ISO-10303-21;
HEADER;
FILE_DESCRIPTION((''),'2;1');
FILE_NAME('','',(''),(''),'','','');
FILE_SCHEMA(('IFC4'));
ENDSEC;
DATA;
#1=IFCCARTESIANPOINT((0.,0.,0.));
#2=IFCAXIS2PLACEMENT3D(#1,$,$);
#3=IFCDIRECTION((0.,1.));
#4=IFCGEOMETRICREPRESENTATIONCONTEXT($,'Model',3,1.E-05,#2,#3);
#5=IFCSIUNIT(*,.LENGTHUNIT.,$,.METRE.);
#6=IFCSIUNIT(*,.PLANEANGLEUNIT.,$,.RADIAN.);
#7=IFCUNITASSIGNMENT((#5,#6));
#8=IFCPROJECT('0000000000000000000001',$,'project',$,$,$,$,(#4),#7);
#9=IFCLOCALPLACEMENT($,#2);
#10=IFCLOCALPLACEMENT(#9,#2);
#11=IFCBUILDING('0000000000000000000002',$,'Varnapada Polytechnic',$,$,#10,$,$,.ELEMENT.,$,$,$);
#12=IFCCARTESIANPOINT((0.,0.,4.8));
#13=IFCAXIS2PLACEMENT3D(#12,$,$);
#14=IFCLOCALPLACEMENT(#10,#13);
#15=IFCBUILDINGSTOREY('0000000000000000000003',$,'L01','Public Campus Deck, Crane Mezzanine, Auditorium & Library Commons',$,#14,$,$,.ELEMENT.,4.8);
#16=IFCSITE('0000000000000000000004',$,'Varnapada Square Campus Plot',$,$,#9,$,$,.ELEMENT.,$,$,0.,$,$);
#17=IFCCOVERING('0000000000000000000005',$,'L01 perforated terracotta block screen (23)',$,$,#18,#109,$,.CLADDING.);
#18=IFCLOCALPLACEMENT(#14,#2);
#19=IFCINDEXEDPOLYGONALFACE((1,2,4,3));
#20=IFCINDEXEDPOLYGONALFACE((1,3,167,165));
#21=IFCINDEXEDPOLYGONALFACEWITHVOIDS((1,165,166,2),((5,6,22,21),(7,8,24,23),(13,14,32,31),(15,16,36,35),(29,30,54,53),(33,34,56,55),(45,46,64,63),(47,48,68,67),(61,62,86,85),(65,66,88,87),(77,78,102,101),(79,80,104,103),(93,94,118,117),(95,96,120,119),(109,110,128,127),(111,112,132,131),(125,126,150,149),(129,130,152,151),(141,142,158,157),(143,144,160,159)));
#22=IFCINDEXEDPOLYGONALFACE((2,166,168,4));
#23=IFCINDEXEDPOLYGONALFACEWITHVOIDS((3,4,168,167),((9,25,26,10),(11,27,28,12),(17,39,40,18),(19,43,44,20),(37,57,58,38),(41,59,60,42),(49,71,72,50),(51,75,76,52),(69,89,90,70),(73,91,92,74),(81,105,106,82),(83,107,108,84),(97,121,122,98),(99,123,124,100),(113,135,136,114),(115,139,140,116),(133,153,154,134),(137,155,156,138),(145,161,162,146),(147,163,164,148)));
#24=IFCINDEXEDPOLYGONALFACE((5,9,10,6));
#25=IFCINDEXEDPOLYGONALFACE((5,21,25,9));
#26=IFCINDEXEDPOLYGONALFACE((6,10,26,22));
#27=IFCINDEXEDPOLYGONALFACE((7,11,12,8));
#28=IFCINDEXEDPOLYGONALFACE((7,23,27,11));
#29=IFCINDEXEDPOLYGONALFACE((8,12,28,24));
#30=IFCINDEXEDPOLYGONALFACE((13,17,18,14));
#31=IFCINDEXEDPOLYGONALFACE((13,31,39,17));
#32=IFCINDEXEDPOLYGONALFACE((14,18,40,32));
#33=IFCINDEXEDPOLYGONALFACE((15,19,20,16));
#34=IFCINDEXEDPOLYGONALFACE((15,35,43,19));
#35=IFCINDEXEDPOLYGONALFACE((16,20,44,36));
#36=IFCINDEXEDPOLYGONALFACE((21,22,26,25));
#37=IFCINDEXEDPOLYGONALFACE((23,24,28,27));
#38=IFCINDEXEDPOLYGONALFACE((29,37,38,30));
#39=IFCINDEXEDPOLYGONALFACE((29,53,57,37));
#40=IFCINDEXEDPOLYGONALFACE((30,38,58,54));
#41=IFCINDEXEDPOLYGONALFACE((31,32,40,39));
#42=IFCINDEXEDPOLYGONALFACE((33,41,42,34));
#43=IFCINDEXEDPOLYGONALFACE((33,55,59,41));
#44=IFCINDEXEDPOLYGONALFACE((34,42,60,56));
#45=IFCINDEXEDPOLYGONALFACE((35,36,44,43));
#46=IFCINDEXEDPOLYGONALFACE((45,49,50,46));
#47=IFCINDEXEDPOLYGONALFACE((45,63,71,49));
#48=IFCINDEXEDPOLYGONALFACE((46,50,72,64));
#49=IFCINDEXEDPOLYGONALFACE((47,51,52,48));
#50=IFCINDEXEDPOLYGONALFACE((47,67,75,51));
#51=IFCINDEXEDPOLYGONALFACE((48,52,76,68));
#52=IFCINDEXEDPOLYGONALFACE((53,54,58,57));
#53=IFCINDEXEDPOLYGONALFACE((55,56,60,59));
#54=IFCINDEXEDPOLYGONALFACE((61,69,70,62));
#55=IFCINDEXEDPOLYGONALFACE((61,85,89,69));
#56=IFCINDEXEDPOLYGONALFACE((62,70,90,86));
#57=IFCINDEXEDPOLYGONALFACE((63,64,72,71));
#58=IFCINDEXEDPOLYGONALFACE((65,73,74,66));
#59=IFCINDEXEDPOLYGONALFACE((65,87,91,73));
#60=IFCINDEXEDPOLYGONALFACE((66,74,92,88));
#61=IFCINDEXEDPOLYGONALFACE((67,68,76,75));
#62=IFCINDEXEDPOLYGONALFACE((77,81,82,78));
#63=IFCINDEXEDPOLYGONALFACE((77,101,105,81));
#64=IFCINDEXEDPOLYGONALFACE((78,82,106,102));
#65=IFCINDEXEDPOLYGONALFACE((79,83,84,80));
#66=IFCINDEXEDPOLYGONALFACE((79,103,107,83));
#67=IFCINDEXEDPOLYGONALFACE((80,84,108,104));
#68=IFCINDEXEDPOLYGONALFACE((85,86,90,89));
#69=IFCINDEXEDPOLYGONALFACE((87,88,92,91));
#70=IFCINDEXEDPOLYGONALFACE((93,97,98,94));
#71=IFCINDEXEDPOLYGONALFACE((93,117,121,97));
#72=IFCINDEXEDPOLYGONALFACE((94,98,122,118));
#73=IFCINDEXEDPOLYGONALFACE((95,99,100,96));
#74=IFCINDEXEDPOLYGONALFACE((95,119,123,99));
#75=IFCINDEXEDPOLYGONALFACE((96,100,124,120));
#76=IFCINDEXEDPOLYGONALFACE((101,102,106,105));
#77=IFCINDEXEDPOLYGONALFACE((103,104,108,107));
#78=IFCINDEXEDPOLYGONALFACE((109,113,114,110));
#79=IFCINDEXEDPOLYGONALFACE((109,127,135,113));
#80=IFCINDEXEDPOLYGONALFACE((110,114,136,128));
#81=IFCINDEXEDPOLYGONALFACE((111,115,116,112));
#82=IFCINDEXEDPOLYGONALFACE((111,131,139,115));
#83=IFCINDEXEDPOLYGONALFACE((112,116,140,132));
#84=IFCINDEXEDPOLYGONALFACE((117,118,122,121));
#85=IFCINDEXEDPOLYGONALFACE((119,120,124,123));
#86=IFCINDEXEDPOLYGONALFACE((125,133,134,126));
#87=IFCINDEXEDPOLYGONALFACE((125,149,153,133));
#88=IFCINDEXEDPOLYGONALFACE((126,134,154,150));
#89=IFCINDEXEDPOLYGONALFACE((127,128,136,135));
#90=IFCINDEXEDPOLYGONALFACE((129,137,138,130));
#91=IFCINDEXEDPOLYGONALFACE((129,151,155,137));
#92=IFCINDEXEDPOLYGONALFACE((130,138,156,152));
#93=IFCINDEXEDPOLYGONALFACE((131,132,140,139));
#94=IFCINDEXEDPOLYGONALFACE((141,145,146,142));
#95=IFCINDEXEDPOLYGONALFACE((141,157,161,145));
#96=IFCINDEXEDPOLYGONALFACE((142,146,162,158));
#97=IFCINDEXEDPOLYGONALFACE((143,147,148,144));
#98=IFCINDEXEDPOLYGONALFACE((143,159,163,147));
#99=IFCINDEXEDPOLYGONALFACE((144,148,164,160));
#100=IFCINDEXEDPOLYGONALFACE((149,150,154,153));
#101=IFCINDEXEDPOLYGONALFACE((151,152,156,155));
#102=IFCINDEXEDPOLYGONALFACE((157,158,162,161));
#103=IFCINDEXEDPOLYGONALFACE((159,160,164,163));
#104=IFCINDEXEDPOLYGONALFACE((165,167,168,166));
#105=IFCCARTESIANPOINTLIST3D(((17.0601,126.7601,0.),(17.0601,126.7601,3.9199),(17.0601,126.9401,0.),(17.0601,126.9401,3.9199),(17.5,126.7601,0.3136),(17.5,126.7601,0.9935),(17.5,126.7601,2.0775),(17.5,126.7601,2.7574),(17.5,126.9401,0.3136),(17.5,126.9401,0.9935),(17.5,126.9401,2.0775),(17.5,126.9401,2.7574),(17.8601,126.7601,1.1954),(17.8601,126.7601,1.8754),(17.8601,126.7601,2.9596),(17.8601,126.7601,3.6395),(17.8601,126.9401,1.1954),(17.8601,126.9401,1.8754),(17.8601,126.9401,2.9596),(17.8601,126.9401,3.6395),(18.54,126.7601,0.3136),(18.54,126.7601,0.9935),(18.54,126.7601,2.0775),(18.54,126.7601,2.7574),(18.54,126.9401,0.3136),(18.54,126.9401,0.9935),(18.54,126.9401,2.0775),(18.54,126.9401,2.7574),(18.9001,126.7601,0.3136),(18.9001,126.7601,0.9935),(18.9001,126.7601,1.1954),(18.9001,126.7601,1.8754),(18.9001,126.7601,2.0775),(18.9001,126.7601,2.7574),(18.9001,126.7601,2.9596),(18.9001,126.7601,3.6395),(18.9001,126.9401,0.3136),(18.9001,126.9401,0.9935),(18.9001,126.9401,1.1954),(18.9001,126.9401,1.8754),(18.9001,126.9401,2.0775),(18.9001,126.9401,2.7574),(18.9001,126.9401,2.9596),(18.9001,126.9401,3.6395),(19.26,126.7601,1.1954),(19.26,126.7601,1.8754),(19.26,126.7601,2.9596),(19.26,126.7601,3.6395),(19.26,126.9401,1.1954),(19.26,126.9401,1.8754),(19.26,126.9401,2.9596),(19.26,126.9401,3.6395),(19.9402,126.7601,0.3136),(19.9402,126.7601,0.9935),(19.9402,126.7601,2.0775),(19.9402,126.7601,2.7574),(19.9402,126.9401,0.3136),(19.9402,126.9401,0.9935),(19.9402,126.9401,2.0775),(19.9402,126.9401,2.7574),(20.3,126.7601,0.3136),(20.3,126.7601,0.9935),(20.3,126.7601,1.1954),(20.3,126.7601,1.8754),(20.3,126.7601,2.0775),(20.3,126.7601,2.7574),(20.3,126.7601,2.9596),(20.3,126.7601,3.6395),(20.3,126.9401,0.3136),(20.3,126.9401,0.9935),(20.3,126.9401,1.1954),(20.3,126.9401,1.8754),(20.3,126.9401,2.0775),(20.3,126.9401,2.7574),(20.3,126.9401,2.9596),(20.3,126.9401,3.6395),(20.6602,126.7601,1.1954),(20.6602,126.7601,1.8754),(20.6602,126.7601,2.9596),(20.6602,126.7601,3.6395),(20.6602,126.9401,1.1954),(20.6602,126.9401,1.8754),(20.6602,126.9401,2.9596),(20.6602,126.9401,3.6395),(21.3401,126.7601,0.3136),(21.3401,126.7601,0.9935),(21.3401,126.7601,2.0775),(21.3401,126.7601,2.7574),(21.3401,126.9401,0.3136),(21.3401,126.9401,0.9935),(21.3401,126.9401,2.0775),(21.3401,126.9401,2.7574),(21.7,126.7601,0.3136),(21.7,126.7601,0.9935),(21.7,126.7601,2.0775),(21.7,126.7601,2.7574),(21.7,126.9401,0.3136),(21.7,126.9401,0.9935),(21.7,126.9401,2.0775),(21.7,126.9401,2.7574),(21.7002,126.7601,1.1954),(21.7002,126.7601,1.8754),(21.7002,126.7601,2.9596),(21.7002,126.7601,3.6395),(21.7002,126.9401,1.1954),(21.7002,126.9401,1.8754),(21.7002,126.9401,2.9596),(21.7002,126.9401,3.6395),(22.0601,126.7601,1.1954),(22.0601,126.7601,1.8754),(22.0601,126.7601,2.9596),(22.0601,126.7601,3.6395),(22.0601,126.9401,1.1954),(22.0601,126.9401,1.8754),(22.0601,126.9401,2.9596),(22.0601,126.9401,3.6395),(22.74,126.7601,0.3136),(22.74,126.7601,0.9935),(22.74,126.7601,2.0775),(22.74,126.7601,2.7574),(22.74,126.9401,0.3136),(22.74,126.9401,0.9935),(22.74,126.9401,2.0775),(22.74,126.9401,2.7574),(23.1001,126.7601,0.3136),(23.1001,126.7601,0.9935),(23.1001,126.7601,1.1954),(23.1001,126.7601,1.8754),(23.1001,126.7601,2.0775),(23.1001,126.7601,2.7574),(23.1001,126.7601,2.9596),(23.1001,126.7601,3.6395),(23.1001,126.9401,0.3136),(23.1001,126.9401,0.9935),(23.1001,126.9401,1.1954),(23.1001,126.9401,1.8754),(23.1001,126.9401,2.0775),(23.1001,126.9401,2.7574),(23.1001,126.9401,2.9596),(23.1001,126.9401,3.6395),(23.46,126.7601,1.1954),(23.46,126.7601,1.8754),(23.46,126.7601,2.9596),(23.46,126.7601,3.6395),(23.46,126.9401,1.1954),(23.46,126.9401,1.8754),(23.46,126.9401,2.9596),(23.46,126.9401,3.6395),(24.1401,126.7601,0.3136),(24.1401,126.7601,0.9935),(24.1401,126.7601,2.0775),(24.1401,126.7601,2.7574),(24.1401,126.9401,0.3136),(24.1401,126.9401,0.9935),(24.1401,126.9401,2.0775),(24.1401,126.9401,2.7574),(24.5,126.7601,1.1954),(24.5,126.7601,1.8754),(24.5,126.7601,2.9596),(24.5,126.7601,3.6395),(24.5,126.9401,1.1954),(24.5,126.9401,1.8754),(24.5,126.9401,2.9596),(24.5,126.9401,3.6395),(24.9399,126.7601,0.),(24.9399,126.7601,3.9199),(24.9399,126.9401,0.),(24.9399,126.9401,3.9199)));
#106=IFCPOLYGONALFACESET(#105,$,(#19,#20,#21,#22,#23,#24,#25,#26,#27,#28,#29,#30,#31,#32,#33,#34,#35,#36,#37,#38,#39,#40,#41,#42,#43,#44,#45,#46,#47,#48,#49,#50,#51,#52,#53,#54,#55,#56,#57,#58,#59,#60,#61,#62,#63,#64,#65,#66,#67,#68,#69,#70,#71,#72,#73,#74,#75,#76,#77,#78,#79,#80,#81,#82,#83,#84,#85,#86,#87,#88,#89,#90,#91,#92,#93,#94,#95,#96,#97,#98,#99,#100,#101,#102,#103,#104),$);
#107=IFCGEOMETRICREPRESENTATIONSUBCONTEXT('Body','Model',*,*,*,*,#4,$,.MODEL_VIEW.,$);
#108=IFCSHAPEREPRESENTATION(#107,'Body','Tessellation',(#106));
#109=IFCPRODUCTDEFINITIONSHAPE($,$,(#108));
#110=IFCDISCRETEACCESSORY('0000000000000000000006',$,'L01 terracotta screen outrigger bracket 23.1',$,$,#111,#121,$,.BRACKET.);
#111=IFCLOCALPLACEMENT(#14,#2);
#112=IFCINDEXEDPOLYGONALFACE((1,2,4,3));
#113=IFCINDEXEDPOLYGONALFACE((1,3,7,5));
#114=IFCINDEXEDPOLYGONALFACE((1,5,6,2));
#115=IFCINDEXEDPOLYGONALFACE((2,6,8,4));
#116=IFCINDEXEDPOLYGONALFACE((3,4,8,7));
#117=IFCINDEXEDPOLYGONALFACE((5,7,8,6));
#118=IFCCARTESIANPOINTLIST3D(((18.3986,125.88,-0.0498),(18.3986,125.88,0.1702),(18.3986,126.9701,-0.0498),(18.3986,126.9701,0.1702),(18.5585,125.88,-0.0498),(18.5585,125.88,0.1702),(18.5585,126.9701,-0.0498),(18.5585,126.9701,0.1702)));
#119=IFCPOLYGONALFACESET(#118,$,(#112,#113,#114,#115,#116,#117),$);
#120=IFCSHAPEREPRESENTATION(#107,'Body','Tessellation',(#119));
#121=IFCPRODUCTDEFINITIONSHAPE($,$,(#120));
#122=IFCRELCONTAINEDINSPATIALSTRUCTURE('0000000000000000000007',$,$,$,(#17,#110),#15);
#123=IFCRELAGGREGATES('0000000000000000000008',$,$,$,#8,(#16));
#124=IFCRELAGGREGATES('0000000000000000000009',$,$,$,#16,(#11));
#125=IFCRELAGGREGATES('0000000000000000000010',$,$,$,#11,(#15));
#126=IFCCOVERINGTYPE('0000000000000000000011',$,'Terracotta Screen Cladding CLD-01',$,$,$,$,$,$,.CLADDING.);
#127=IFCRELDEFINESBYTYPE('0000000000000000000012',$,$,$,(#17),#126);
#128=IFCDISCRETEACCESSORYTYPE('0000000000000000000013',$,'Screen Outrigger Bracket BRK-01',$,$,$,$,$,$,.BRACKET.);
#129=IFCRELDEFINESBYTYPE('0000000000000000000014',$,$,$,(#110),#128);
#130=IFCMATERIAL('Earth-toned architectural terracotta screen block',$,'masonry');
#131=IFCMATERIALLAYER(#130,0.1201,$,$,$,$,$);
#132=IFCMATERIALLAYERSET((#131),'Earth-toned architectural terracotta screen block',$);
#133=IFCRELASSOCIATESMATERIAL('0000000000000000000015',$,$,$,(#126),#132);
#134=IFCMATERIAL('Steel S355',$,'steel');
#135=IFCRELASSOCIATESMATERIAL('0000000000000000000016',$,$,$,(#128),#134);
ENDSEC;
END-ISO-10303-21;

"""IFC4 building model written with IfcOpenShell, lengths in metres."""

from ifc_helpers import new_model, si_unit, direction, frame, frame_2d, origin, origin_2d, place, context, subcontext, project, spatial, rectangle, extrude, material, layer, layer_set, type_object, element, save


model = new_model("IFC4")

# Units and contexts
model_context = context("Model", 3, precision=1e-05, world=origin(), true_north=direction((0.0, 1.0)))
body_context = subcontext(model_context, "Body", "Model", "MODEL_VIEW")
ifc_project = project(units=[si_unit("LENGTHUNIT", "METRE"), si_unit("PLANEANGLEUNIT", "RADIAN")], contexts=[model_context])

# Site, building, storey
site_placement = place(None, origin())
site = spatial("IfcSite", under=ifc_project, at=site_placement, Name="Varnapada Square Campus Plot", CompositionType="ELEMENT", RefElevation=0.0)
building_placement = place(site_placement, origin())
building = spatial("IfcBuilding", under=site, at=building_placement, Name="Varnapada Polytechnic", CompositionType="ELEMENT")
storey_placement = place(building_placement, frame((0.0, 0.0, 4.8)))
storey = spatial("IfcBuildingStorey", under=building, at=storey_placement, Name="L01", Description="Public Campus Deck, Crane Mezzanine, Auditorium & Library Commons", CompositionType="ELEMENT", Elevation=4.8)

# Covering, openings
ifc_material_1 = material(Name="Earth-toned architectural terracotta screen block", Category="masonry")
ifc_layer = layer(ifc_material_1, 0.1201)
ifc_layer_set = layer_set([ifc_layer], Name="Earth-toned architectural terracotta screen block")
covering_type = type_object("IfcCoveringType", Name="Terracotta Screen Cladding CLD-01", PredefinedType="CLADDING", material=ifc_layer_set)
covering_placement = place(storey_placement, frame((17.0601, 126.8501, 0.0), z_axis=(0.0, 0.0, 1.0), x_axis=(1.0, 0.0, 0.0)))
covering = element("IfcCovering", 1, at=covering_placement, inside=storey, type_object=covering_type, Name="L01 perforated terracotta block screen (23)", PredefinedType="CLADDING", context=body_context, shape_type="SweptSolid", body=[
    extrude(rectangle(XDim=7.8799, YDim=0.1799, at=frame_2d((3.9399, 0.0))), origin(), (0.0, 0.0, 1.0), 3.9199),
])
opening_1_placement = place(covering_placement, frame((0.4399, 0.0, 0.3137)))
element("IfcOpeningElement", 2, at=opening_1_placement, cuts=covering, PredefinedType="OPENING", context=body_context, shape_type="SweptSolid", body=[
    extrude(rectangle(XDim=1.04, YDim=0.6799, at=frame_2d((0.52, 0.3398))), frame((0.0, 0.0999, 0.0), z_axis=(0.0, -1.0, 0.0), x_axis=(1.0, 0.0, 0.0)), (0.0, 0.0, 1.0), 0.2),
])
opening_2_placement = place(covering_placement, frame((1.8401, 0.0, 0.3137)))
element("IfcOpeningElement", 3, at=opening_2_placement, cuts=covering, PredefinedType="OPENING", context=body_context, shape_type="SweptSolid", body=[
    extrude(rectangle(XDim=1.04, YDim=0.6799, at=frame_2d((0.52, 0.3398))), frame((0.0, 0.0999, 0.0), z_axis=(0.0, -1.0, 0.0), x_axis=(1.0, 0.0, 0.0)), (0.0, 0.0, 1.0), 0.2),
])
opening_3_placement = place(covering_placement, frame((3.24, 0.0, 0.3137)))
element("IfcOpeningElement", 4, at=opening_3_placement, cuts=covering, PredefinedType="OPENING", context=body_context, shape_type="SweptSolid", body=[
    extrude(rectangle(XDim=1.04, YDim=0.6799, at=frame_2d((0.52, 0.3398))), frame((0.0, 0.0999, 0.0), z_axis=(0.0, -1.0, 0.0), x_axis=(1.0, 0.0, 0.0)), (0.0, 0.0, 1.0), 0.2),
])
opening_4_placement = place(covering_placement, frame((4.6399, 0.0, 0.3137)))
element("IfcOpeningElement", 5, at=opening_4_placement, cuts=covering, PredefinedType="OPENING", context=body_context, shape_type="SweptSolid", body=[
    extrude(rectangle(XDim=1.04, YDim=0.6799, at=frame_2d((0.52, 0.3398))), frame((0.0, 0.0999, 0.0), z_axis=(0.0, -1.0, 0.0), x_axis=(1.0, 0.0, 0.0)), (0.0, 0.0, 1.0), 0.2),
])
opening_5_placement = place(covering_placement, frame((6.04, 0.0, 0.3137)))
element("IfcOpeningElement", 6, at=opening_5_placement, cuts=covering, PredefinedType="OPENING", context=body_context, shape_type="SweptSolid", body=[
    extrude(rectangle(XDim=1.04, YDim=0.6799, at=frame_2d((0.52, 0.3398))), frame((0.0, 0.0999, 0.0), z_axis=(0.0, -1.0, 0.0), x_axis=(1.0, 0.0, 0.0)), (0.0, 0.0, 1.0), 0.2),
])
opening_6_placement = place(covering_placement, frame((0.8, 0.0, 1.1956)))
element("IfcOpeningElement", 7, at=opening_6_placement, cuts=covering, PredefinedType="OPENING", context=body_context, shape_type="SweptSolid", body=[
    extrude(rectangle(XDim=1.04, YDim=0.6799, at=frame_2d((0.52, 0.3398))), frame((0.0, 0.0999, 0.0), z_axis=(0.0, -1.0, 0.0), x_axis=(1.0, 0.0, 0.0)), (0.0, 0.0, 1.0), 0.2),
])
opening_7_placement = place(covering_placement, frame((2.2, 0.0, 1.1956)))
element("IfcOpeningElement", 8, at=opening_7_placement, cuts=covering, PredefinedType="OPENING", context=body_context, shape_type="SweptSolid", body=[
    extrude(rectangle(XDim=1.04, YDim=0.6799, at=frame_2d((0.52, 0.3398))), frame((0.0, 0.0999, 0.0), z_axis=(0.0, -1.0, 0.0), x_axis=(1.0, 0.0, 0.0)), (0.0, 0.0, 1.0), 0.2),
])
opening_8_placement = place(covering_placement, frame((3.6001, 0.0, 1.1956)))
element("IfcOpeningElement", 9, at=opening_8_placement, cuts=covering, PredefinedType="OPENING", context=body_context, shape_type="SweptSolid", body=[
    extrude(rectangle(XDim=1.04, YDim=0.6799, at=frame_2d((0.52, 0.3398))), frame((0.0, 0.0999, 0.0), z_axis=(0.0, -1.0, 0.0), x_axis=(1.0, 0.0, 0.0)), (0.0, 0.0, 1.0), 0.2),
])
opening_9_placement = place(covering_placement, frame((5.0, 0.0, 1.1956)))
element("IfcOpeningElement", 10, at=opening_9_placement, cuts=covering, PredefinedType="OPENING", context=body_context, shape_type="SweptSolid", body=[
    extrude(rectangle(XDim=1.04, YDim=0.6799, at=frame_2d((0.52, 0.3398))), frame((0.0, 0.0999, 0.0), z_axis=(0.0, -1.0, 0.0), x_axis=(1.0, 0.0, 0.0)), (0.0, 0.0, 1.0), 0.2),
])
opening_10_placement = place(covering_placement, frame((6.3999, 0.0, 1.1956)))
element("IfcOpeningElement", 11, at=opening_10_placement, cuts=covering, PredefinedType="OPENING", context=body_context, shape_type="SweptSolid", body=[
    extrude(rectangle(XDim=1.04, YDim=0.6799, at=frame_2d((0.52, 0.3398))), frame((0.0, 0.0999, 0.0), z_axis=(0.0, -1.0, 0.0), x_axis=(1.0, 0.0, 0.0)), (0.0, 0.0, 1.0), 0.2),
])
opening_11_placement = place(covering_placement, frame((0.4399, 0.0, 2.0776)))
element("IfcOpeningElement", 12, at=opening_11_placement, cuts=covering, PredefinedType="OPENING", context=body_context, shape_type="SweptSolid", body=[
    extrude(rectangle(XDim=1.04, YDim=0.6799, at=frame_2d((0.52, 0.3398))), frame((0.0, 0.0999, 0.0), z_axis=(0.0, -1.0, 0.0), x_axis=(1.0, 0.0, 0.0)), (0.0, 0.0, 1.0), 0.2),
])
opening_12_placement = place(covering_placement, frame((1.8401, 0.0, 2.0776)))
element("IfcOpeningElement", 13, at=opening_12_placement, cuts=covering, PredefinedType="OPENING", context=body_context, shape_type="SweptSolid", body=[
    extrude(rectangle(XDim=1.04, YDim=0.6799, at=frame_2d((0.52, 0.3398))), frame((0.0, 0.0999, 0.0), z_axis=(0.0, -1.0, 0.0), x_axis=(1.0, 0.0, 0.0)), (0.0, 0.0, 1.0), 0.2),
])
opening_13_placement = place(covering_placement, frame((3.24, 0.0, 2.0776)))
element("IfcOpeningElement", 14, at=opening_13_placement, cuts=covering, PredefinedType="OPENING", context=body_context, shape_type="SweptSolid", body=[
    extrude(rectangle(XDim=1.04, YDim=0.6799, at=frame_2d((0.52, 0.3398))), frame((0.0, 0.0999, 0.0), z_axis=(0.0, -1.0, 0.0), x_axis=(1.0, 0.0, 0.0)), (0.0, 0.0, 1.0), 0.2),
])
opening_14_placement = place(covering_placement, frame((4.6399, 0.0, 2.0776)))
element("IfcOpeningElement", 15, at=opening_14_placement, cuts=covering, PredefinedType="OPENING", context=body_context, shape_type="SweptSolid", body=[
    extrude(rectangle(XDim=1.04, YDim=0.6799, at=frame_2d((0.52, 0.3398))), frame((0.0, 0.0999, 0.0), z_axis=(0.0, -1.0, 0.0), x_axis=(1.0, 0.0, 0.0)), (0.0, 0.0, 1.0), 0.2),
])
opening_15_placement = place(covering_placement, frame((6.04, 0.0, 2.0776)))
element("IfcOpeningElement", 16, at=opening_15_placement, cuts=covering, PredefinedType="OPENING", context=body_context, shape_type="SweptSolid", body=[
    extrude(rectangle(XDim=1.04, YDim=0.6799, at=frame_2d((0.52, 0.3398))), frame((0.0, 0.0999, 0.0), z_axis=(0.0, -1.0, 0.0), x_axis=(1.0, 0.0, 0.0)), (0.0, 0.0, 1.0), 0.2),
])
opening_16_placement = place(covering_placement, frame((0.8, 0.0, 2.9597)))
element("IfcOpeningElement", 17, at=opening_16_placement, cuts=covering, PredefinedType="OPENING", context=body_context, shape_type="SweptSolid", body=[
    extrude(rectangle(XDim=1.04, YDim=0.6799, at=frame_2d((0.52, 0.3398))), frame((0.0, 0.0999, 0.0), z_axis=(0.0, -1.0, 0.0), x_axis=(1.0, 0.0, 0.0)), (0.0, 0.0, 1.0), 0.2),
])
opening_17_placement = place(covering_placement, frame((2.2, 0.0, 2.9597)))
element("IfcOpeningElement", 18, at=opening_17_placement, cuts=covering, PredefinedType="OPENING", context=body_context, shape_type="SweptSolid", body=[
    extrude(rectangle(XDim=1.04, YDim=0.6799, at=frame_2d((0.52, 0.3398))), frame((0.0, 0.0999, 0.0), z_axis=(0.0, -1.0, 0.0), x_axis=(1.0, 0.0, 0.0)), (0.0, 0.0, 1.0), 0.2),
])
opening_18_placement = place(covering_placement, frame((3.6001, 0.0, 2.9597)))
element("IfcOpeningElement", 19, at=opening_18_placement, cuts=covering, PredefinedType="OPENING", context=body_context, shape_type="SweptSolid", body=[
    extrude(rectangle(XDim=1.04, YDim=0.6799, at=frame_2d((0.52, 0.3398))), frame((0.0, 0.0999, 0.0), z_axis=(0.0, -1.0, 0.0), x_axis=(1.0, 0.0, 0.0)), (0.0, 0.0, 1.0), 0.2),
])
opening_19_placement = place(covering_placement, frame((5.0, 0.0, 2.9597)))
element("IfcOpeningElement", 20, at=opening_19_placement, cuts=covering, PredefinedType="OPENING", context=body_context, shape_type="SweptSolid", body=[
    extrude(rectangle(XDim=1.04, YDim=0.6799, at=frame_2d((0.52, 0.3398))), frame((0.0, 0.0999, 0.0), z_axis=(0.0, -1.0, 0.0), x_axis=(1.0, 0.0, 0.0)), (0.0, 0.0, 1.0), 0.2),
])
opening_20_placement = place(covering_placement, frame((6.3999, 0.0, 2.9597)))
element("IfcOpeningElement", 21, at=opening_20_placement, cuts=covering, PredefinedType="OPENING", context=body_context, shape_type="SweptSolid", body=[
    extrude(rectangle(XDim=1.04, YDim=0.6799, at=frame_2d((0.52, 0.3398))), frame((0.0, 0.0999, 0.0), z_axis=(0.0, -1.0, 0.0), x_axis=(1.0, 0.0, 0.0)), (0.0, 0.0, 1.0), 0.2),
])

# Discrete accessory
ifc_material_2 = material(Name="Steel S355", Category="steel")
discrete_accessory_type = type_object("IfcDiscreteAccessoryType", Name="Screen Outrigger Bracket BRK-01", PredefinedType="BRACKET", material=ifc_material_2)
for number, where, z_axis, x_axis, name in (
    (22, (18.4785, 126.425, -0.0498), (0.0, 0.0, 1.0), (1.0, 0.0, 0.0), "L01 terracotta screen outrigger bracket 23.1"),
):
    element("IfcDiscreteAccessory", number, at=place(storey_placement, frame(where, z_axis=z_axis, x_axis=x_axis)), inside=storey, type_object=discrete_accessory_type, Name=name, PredefinedType="BRACKET", context=body_context, shape_type="SweptSolid", body=[
        extrude(rectangle(XDim=0.1599, YDim=1.0901, at=origin_2d()), origin(), (0.0, 0.0, 1.0), 0.22),
    ])

save(model, "model.ifc")
